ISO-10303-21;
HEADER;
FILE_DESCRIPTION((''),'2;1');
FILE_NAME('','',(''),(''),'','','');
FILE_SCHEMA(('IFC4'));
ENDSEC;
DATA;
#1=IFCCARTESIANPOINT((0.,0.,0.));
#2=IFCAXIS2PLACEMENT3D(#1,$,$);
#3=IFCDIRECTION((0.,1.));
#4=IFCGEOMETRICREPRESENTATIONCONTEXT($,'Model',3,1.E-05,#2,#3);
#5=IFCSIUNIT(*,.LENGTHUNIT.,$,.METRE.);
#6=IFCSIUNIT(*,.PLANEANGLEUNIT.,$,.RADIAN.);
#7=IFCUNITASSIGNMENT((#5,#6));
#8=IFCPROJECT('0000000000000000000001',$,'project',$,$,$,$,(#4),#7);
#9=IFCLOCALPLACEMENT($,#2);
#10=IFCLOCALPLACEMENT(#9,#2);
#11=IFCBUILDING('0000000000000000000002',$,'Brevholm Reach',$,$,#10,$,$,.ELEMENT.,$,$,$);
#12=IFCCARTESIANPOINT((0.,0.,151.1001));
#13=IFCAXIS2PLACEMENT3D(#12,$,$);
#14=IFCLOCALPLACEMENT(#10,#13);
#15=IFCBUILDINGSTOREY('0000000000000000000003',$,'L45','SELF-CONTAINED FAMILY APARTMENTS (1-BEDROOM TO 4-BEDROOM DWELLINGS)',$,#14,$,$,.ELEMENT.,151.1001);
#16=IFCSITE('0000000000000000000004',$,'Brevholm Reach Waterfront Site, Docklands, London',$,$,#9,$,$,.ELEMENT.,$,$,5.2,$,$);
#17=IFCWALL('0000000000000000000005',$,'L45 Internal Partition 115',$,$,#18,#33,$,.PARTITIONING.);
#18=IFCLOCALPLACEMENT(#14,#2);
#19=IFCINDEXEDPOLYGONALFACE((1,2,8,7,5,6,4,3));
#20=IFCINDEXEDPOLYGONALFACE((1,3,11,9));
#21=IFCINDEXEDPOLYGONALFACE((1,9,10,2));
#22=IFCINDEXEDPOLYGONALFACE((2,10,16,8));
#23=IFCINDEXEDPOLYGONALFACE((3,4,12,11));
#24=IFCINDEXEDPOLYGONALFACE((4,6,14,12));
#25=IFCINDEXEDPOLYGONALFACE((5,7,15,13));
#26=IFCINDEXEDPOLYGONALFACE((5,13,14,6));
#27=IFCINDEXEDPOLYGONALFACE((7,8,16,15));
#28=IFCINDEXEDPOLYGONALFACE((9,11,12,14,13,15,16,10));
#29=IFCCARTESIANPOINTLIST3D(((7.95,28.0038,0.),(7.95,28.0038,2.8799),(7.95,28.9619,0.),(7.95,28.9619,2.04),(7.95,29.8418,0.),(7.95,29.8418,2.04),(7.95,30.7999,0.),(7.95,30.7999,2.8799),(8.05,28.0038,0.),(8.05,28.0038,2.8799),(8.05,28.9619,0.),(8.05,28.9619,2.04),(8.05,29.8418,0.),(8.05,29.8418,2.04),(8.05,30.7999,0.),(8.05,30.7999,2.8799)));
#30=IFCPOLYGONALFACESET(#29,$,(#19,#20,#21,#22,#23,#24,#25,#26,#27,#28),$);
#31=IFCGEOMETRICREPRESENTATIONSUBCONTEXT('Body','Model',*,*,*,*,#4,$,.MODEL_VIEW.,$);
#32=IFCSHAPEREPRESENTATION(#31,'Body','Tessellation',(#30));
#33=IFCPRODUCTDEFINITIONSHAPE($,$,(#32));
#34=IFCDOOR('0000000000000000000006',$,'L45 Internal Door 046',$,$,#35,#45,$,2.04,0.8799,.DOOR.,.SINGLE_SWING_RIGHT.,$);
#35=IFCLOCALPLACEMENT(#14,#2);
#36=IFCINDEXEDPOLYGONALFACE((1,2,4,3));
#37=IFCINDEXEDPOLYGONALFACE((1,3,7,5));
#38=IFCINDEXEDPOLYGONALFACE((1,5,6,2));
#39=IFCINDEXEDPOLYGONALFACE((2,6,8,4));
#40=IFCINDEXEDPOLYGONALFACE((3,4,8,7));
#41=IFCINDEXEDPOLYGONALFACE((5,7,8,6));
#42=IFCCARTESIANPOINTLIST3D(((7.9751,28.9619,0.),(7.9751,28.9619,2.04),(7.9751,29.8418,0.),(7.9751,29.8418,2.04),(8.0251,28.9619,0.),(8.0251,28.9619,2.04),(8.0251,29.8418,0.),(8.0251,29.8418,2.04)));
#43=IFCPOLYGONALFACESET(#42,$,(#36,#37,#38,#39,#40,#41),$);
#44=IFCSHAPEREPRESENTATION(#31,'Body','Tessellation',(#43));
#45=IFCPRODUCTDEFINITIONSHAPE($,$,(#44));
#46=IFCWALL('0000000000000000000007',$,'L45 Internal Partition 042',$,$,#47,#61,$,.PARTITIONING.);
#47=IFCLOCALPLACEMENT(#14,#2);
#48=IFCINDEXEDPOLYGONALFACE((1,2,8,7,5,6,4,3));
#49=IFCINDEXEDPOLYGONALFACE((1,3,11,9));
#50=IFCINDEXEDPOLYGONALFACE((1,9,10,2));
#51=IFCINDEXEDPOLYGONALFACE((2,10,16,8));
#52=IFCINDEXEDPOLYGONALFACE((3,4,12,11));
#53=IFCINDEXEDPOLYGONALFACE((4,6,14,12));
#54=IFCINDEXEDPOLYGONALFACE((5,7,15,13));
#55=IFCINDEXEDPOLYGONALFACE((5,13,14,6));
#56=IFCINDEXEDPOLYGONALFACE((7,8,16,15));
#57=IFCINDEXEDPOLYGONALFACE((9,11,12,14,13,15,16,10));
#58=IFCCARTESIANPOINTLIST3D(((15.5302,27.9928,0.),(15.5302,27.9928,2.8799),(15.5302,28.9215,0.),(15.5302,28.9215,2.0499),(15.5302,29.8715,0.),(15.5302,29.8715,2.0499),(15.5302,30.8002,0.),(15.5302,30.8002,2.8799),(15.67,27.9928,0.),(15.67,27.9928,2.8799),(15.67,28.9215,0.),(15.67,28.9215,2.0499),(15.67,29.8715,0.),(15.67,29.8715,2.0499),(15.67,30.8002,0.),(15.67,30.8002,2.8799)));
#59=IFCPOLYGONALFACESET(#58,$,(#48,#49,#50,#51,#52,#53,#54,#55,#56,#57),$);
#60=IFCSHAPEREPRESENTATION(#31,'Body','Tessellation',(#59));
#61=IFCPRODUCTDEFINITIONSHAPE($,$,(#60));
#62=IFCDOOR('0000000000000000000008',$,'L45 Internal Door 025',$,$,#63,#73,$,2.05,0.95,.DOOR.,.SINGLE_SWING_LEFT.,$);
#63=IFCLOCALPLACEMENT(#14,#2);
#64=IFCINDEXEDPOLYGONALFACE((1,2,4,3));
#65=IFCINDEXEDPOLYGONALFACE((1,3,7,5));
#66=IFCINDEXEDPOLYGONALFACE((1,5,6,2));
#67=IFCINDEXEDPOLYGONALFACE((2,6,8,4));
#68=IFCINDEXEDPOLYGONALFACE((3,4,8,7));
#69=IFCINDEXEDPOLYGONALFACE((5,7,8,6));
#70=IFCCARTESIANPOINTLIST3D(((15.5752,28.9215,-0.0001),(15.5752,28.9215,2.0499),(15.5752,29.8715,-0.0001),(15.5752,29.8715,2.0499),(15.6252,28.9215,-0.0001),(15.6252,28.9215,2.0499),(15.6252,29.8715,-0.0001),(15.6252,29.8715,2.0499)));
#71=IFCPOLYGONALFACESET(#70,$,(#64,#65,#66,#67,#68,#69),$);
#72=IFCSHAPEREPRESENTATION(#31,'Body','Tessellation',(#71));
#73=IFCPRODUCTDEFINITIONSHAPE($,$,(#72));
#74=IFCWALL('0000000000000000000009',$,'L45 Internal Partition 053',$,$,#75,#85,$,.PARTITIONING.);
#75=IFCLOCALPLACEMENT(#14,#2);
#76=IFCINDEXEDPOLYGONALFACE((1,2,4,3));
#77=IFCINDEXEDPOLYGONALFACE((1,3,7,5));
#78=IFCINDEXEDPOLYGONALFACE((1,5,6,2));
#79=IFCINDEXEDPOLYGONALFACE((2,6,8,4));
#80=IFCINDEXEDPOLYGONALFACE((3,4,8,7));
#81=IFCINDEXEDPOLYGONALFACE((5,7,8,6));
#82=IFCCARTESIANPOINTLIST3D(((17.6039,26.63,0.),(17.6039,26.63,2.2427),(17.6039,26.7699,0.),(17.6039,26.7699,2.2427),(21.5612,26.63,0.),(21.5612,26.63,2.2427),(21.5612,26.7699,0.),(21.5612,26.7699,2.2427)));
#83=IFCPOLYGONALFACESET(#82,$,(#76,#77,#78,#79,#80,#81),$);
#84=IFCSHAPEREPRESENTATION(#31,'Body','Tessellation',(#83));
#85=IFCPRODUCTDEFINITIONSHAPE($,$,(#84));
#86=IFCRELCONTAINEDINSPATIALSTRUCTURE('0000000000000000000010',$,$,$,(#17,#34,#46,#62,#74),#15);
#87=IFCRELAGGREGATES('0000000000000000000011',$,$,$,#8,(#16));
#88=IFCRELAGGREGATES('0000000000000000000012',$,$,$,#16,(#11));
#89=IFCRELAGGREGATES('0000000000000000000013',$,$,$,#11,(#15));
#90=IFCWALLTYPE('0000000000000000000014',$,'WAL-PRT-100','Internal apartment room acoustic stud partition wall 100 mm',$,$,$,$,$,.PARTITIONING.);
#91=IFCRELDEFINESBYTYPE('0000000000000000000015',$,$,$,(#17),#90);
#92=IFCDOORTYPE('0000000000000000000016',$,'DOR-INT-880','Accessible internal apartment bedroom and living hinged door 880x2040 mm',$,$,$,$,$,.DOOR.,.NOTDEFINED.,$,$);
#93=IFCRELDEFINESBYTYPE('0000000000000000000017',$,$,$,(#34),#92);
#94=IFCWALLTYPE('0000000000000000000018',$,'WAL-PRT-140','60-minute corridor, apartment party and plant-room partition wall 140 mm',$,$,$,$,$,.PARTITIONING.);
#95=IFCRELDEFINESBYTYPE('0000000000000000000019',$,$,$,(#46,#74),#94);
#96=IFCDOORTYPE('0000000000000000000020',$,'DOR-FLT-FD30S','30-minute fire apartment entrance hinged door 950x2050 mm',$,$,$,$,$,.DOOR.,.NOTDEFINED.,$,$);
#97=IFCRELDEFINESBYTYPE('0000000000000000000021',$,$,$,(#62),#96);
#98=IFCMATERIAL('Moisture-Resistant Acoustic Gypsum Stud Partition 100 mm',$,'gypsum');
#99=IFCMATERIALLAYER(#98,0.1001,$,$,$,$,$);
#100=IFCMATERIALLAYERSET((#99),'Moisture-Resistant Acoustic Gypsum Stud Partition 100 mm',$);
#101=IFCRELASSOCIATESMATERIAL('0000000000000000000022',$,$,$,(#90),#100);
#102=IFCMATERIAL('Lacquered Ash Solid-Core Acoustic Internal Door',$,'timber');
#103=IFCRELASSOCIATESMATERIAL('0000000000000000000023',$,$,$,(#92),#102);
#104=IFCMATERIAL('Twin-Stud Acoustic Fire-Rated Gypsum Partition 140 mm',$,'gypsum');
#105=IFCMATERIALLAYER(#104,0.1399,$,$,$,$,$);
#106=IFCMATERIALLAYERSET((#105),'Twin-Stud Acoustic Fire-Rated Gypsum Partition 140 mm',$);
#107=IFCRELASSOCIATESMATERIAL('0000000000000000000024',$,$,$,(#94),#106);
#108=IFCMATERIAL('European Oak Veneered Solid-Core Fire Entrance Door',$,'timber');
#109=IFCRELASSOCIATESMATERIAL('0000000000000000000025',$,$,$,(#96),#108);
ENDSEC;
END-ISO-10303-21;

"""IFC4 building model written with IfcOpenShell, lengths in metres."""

from ifc_helpers import new_model, si_unit, direction, frame, frame_2d, origin, place, context, subcontext, project, spatial, rectangle, extrude, material, layer, layer_set, type_object, element, fill, save


model = new_model("IFC4")

# Units and contexts
model_context = context("Model", 3, precision=1e-05, world=origin(), true_north=direction((0.0, 1.0)))
body_context = subcontext(model_context, "Body", "Model", "MODEL_VIEW")
ifc_project = project(units=[si_unit("LENGTHUNIT", "METRE"), si_unit("PLANEANGLEUNIT", "RADIAN")], contexts=[model_context])

# Site, building, storey
site_placement = place(None, origin())
site = spatial("IfcSite", under=ifc_project, at=site_placement, Name="Brevholm Reach Waterfront Site, Docklands, London", CompositionType="ELEMENT", RefElevation=5.2)
building_placement = place(site_placement, origin())
building = spatial("IfcBuilding", under=site, at=building_placement, Name="Brevholm Reach", CompositionType="ELEMENT")
storey_placement = place(building_placement, frame((0.0, 0.0, 151.1001)))
storey = spatial("IfcBuildingStorey", under=building, at=storey_placement, Name="L45", Description="SELF-CONTAINED FAMILY APARTMENTS (1-BEDROOM TO 4-BEDROOM DWELLINGS)", CompositionType="ELEMENT", Elevation=151.1001)

# Walls, openings, doors
ifc_material_1 = material(Name="Moisture-Resistant Acoustic Gypsum Stud Partition 100 mm", Category="gypsum")
ifc_layer_1 = layer(ifc_material_1, 0.1001)
ifc_layer_set_1 = layer_set([ifc_layer_1], Name="Moisture-Resistant Acoustic Gypsum Stud Partition 100 mm")
wall_type_1 = type_object("IfcWallType", Name="WAL-PRT-100", Description="Internal apartment room acoustic stud partition wall 100 mm", PredefinedType="PARTITIONING", material=ifc_layer_set_1)
wall_1_placement = place(storey_placement, frame((8.0, 28.0039, 0.0), z_axis=(0.0, 0.0, 1.0), x_axis=(0.0, 1.0, 0.0)))
wall_1 = element("IfcWall", 1, at=wall_1_placement, inside=storey, type_object=wall_type_1, Name="L45 Internal Partition 115", PredefinedType="PARTITIONING", context=body_context, shape_type="SweptSolid", body=[
    extrude(rectangle(XDim=2.7961, YDim=0.1001, at=frame_2d((1.3979, 0.0))), origin(), (0.0, 0.0, 1.0), 2.8799),
])
opening_1_placement = place(wall_1_placement, frame((0.958, 0.0, 0.0)))
opening_1 = element("IfcOpeningElement", 2, at=opening_1_placement, cuts=wall_1, PredefinedType="OPENING", context=body_context, shape_type="SweptSolid", body=[
    extrude(rectangle(XDim=0.8799, YDim=2.04, at=frame_2d((0.4399, 1.02))), frame((0.0, 0.0601, 0.0), z_axis=(0.0, -1.0, 0.0), x_axis=(1.0, 0.0, 0.0)), (0.0, 0.0, 1.0), 0.1201),
])
ifc_material_2 = material(Name="Lacquered Ash Solid-Core Acoustic Internal Door", Category="timber")
door_type_1 = type_object("IfcDoorType", Name="DOR-INT-880", Description="Accessible internal apartment bedroom and living hinged door 880x2040 mm", OperationType="NOTDEFINED", PredefinedType="DOOR", material=ifc_material_2)
door_1_placement = place(opening_1_placement, origin())
door_1 = element("IfcDoor", 3, at=door_1_placement, inside=storey, type_object=door_type_1, Name="L45 Internal Door 046", OperationType="SINGLE_SWING_RIGHT", OverallHeight=2.04, OverallWidth=0.8799, PredefinedType="DOOR", context=body_context, shape_type="SweptSolid", body=[
    extrude(rectangle(XDim=0.8799, YDim=2.04, at=frame_2d((0.4399, 1.02))), frame((0.0, 0.0249, 0.0), z_axis=(0.0, -1.0, 0.0), x_axis=(1.0, 0.0, 0.0)), (0.0, 0.0, 1.0), 0.05),
])
fill(opening_1, door_1)
ifc_material_3 = material(Name="Twin-Stud Acoustic Fire-Rated Gypsum Partition 140 mm", Category="gypsum")
ifc_layer_2 = layer(ifc_material_3, 0.1399)
ifc_layer_set_2 = layer_set([ifc_layer_2], Name="Twin-Stud Acoustic Fire-Rated Gypsum Partition 140 mm")
wall_type_2 = type_object("IfcWallType", Name="WAL-PRT-140", Description="60-minute corridor, apartment party and plant-room partition wall 140 mm", PredefinedType="PARTITIONING", material=ifc_layer_set_2)
wall_2_placement = place(storey_placement, frame((15.6001, 27.9927, 0.0), z_axis=(0.0, 0.0, 1.0), x_axis=(0.0, 1.0, 0.0)))
wall_2 = element("IfcWall", 4, at=wall_2_placement, inside=storey, type_object=wall_type_2, Name="L45 Internal Partition 042", PredefinedType="PARTITIONING", context=body_context, shape_type="SweptSolid", body=[
    extrude(rectangle(XDim=2.8074, YDim=0.1399, at=frame_2d((1.4038, 0.0))), origin(), (0.0, 0.0, 1.0), 2.8799),
])
opening_2_placement = place(wall_2_placement, frame((0.9287, 0.0, 0.0)))
opening_2 = element("IfcOpeningElement", 5, at=opening_2_placement, cuts=wall_2, PredefinedType="OPENING", context=body_context, shape_type="SweptSolid", body=[
    extrude(rectangle(XDim=0.95, YDim=2.05, at=frame_2d((0.4751, 1.0249))), frame((0.0, 0.0798, 0.0), z_axis=(0.0, -1.0, 0.0), x_axis=(1.0, 0.0, 0.0)), (0.0, 0.0, 1.0), 0.1599),
])
ifc_material_4 = material(Name="European Oak Veneered Solid-Core Fire Entrance Door", Category="timber")
door_type_2 = type_object("IfcDoorType", Name="DOR-FLT-FD30S", Description="30-minute fire apartment entrance hinged door 950x2050 mm", OperationType="NOTDEFINED", PredefinedType="DOOR", material=ifc_material_4)
door_2_placement = place(opening_2_placement, origin())
door_2 = element("IfcDoor", 6, at=door_2_placement, inside=storey, type_object=door_type_2, Name="L45 Internal Door 025", OperationType="SINGLE_SWING_LEFT", OverallHeight=2.05, OverallWidth=0.95, PredefinedType="DOOR", context=body_context, shape_type="SweptSolid", body=[
    extrude(rectangle(XDim=0.95, YDim=2.05, at=frame_2d((0.4751, 1.0249))), frame((0.0, 0.0249, 0.0), z_axis=(0.0, -1.0, 0.0), x_axis=(1.0, 0.0, 0.0)), (0.0, 0.0, 1.0), 0.05),
])
fill(opening_2, door_2)

# Wall
wall_3_placement = place(storey_placement, frame((17.604, 26.7, 0.0), z_axis=(0.0, 0.0, 1.0), x_axis=(1.0, 0.0, 0.0)))
element("IfcWall", 7, at=wall_3_placement, inside=storey, type_object=wall_type_2, Name="L45 Internal Partition 053", PredefinedType="PARTITIONING", context=body_context, shape_type="SweptSolid", body=[
    extrude(rectangle(XDim=3.9573, YDim=0.1399, at=frame_2d((1.9785, 0.0))), origin(), (0.0, 0.0, 1.0), 2.2427),
])

save(model, "model.ifc")
